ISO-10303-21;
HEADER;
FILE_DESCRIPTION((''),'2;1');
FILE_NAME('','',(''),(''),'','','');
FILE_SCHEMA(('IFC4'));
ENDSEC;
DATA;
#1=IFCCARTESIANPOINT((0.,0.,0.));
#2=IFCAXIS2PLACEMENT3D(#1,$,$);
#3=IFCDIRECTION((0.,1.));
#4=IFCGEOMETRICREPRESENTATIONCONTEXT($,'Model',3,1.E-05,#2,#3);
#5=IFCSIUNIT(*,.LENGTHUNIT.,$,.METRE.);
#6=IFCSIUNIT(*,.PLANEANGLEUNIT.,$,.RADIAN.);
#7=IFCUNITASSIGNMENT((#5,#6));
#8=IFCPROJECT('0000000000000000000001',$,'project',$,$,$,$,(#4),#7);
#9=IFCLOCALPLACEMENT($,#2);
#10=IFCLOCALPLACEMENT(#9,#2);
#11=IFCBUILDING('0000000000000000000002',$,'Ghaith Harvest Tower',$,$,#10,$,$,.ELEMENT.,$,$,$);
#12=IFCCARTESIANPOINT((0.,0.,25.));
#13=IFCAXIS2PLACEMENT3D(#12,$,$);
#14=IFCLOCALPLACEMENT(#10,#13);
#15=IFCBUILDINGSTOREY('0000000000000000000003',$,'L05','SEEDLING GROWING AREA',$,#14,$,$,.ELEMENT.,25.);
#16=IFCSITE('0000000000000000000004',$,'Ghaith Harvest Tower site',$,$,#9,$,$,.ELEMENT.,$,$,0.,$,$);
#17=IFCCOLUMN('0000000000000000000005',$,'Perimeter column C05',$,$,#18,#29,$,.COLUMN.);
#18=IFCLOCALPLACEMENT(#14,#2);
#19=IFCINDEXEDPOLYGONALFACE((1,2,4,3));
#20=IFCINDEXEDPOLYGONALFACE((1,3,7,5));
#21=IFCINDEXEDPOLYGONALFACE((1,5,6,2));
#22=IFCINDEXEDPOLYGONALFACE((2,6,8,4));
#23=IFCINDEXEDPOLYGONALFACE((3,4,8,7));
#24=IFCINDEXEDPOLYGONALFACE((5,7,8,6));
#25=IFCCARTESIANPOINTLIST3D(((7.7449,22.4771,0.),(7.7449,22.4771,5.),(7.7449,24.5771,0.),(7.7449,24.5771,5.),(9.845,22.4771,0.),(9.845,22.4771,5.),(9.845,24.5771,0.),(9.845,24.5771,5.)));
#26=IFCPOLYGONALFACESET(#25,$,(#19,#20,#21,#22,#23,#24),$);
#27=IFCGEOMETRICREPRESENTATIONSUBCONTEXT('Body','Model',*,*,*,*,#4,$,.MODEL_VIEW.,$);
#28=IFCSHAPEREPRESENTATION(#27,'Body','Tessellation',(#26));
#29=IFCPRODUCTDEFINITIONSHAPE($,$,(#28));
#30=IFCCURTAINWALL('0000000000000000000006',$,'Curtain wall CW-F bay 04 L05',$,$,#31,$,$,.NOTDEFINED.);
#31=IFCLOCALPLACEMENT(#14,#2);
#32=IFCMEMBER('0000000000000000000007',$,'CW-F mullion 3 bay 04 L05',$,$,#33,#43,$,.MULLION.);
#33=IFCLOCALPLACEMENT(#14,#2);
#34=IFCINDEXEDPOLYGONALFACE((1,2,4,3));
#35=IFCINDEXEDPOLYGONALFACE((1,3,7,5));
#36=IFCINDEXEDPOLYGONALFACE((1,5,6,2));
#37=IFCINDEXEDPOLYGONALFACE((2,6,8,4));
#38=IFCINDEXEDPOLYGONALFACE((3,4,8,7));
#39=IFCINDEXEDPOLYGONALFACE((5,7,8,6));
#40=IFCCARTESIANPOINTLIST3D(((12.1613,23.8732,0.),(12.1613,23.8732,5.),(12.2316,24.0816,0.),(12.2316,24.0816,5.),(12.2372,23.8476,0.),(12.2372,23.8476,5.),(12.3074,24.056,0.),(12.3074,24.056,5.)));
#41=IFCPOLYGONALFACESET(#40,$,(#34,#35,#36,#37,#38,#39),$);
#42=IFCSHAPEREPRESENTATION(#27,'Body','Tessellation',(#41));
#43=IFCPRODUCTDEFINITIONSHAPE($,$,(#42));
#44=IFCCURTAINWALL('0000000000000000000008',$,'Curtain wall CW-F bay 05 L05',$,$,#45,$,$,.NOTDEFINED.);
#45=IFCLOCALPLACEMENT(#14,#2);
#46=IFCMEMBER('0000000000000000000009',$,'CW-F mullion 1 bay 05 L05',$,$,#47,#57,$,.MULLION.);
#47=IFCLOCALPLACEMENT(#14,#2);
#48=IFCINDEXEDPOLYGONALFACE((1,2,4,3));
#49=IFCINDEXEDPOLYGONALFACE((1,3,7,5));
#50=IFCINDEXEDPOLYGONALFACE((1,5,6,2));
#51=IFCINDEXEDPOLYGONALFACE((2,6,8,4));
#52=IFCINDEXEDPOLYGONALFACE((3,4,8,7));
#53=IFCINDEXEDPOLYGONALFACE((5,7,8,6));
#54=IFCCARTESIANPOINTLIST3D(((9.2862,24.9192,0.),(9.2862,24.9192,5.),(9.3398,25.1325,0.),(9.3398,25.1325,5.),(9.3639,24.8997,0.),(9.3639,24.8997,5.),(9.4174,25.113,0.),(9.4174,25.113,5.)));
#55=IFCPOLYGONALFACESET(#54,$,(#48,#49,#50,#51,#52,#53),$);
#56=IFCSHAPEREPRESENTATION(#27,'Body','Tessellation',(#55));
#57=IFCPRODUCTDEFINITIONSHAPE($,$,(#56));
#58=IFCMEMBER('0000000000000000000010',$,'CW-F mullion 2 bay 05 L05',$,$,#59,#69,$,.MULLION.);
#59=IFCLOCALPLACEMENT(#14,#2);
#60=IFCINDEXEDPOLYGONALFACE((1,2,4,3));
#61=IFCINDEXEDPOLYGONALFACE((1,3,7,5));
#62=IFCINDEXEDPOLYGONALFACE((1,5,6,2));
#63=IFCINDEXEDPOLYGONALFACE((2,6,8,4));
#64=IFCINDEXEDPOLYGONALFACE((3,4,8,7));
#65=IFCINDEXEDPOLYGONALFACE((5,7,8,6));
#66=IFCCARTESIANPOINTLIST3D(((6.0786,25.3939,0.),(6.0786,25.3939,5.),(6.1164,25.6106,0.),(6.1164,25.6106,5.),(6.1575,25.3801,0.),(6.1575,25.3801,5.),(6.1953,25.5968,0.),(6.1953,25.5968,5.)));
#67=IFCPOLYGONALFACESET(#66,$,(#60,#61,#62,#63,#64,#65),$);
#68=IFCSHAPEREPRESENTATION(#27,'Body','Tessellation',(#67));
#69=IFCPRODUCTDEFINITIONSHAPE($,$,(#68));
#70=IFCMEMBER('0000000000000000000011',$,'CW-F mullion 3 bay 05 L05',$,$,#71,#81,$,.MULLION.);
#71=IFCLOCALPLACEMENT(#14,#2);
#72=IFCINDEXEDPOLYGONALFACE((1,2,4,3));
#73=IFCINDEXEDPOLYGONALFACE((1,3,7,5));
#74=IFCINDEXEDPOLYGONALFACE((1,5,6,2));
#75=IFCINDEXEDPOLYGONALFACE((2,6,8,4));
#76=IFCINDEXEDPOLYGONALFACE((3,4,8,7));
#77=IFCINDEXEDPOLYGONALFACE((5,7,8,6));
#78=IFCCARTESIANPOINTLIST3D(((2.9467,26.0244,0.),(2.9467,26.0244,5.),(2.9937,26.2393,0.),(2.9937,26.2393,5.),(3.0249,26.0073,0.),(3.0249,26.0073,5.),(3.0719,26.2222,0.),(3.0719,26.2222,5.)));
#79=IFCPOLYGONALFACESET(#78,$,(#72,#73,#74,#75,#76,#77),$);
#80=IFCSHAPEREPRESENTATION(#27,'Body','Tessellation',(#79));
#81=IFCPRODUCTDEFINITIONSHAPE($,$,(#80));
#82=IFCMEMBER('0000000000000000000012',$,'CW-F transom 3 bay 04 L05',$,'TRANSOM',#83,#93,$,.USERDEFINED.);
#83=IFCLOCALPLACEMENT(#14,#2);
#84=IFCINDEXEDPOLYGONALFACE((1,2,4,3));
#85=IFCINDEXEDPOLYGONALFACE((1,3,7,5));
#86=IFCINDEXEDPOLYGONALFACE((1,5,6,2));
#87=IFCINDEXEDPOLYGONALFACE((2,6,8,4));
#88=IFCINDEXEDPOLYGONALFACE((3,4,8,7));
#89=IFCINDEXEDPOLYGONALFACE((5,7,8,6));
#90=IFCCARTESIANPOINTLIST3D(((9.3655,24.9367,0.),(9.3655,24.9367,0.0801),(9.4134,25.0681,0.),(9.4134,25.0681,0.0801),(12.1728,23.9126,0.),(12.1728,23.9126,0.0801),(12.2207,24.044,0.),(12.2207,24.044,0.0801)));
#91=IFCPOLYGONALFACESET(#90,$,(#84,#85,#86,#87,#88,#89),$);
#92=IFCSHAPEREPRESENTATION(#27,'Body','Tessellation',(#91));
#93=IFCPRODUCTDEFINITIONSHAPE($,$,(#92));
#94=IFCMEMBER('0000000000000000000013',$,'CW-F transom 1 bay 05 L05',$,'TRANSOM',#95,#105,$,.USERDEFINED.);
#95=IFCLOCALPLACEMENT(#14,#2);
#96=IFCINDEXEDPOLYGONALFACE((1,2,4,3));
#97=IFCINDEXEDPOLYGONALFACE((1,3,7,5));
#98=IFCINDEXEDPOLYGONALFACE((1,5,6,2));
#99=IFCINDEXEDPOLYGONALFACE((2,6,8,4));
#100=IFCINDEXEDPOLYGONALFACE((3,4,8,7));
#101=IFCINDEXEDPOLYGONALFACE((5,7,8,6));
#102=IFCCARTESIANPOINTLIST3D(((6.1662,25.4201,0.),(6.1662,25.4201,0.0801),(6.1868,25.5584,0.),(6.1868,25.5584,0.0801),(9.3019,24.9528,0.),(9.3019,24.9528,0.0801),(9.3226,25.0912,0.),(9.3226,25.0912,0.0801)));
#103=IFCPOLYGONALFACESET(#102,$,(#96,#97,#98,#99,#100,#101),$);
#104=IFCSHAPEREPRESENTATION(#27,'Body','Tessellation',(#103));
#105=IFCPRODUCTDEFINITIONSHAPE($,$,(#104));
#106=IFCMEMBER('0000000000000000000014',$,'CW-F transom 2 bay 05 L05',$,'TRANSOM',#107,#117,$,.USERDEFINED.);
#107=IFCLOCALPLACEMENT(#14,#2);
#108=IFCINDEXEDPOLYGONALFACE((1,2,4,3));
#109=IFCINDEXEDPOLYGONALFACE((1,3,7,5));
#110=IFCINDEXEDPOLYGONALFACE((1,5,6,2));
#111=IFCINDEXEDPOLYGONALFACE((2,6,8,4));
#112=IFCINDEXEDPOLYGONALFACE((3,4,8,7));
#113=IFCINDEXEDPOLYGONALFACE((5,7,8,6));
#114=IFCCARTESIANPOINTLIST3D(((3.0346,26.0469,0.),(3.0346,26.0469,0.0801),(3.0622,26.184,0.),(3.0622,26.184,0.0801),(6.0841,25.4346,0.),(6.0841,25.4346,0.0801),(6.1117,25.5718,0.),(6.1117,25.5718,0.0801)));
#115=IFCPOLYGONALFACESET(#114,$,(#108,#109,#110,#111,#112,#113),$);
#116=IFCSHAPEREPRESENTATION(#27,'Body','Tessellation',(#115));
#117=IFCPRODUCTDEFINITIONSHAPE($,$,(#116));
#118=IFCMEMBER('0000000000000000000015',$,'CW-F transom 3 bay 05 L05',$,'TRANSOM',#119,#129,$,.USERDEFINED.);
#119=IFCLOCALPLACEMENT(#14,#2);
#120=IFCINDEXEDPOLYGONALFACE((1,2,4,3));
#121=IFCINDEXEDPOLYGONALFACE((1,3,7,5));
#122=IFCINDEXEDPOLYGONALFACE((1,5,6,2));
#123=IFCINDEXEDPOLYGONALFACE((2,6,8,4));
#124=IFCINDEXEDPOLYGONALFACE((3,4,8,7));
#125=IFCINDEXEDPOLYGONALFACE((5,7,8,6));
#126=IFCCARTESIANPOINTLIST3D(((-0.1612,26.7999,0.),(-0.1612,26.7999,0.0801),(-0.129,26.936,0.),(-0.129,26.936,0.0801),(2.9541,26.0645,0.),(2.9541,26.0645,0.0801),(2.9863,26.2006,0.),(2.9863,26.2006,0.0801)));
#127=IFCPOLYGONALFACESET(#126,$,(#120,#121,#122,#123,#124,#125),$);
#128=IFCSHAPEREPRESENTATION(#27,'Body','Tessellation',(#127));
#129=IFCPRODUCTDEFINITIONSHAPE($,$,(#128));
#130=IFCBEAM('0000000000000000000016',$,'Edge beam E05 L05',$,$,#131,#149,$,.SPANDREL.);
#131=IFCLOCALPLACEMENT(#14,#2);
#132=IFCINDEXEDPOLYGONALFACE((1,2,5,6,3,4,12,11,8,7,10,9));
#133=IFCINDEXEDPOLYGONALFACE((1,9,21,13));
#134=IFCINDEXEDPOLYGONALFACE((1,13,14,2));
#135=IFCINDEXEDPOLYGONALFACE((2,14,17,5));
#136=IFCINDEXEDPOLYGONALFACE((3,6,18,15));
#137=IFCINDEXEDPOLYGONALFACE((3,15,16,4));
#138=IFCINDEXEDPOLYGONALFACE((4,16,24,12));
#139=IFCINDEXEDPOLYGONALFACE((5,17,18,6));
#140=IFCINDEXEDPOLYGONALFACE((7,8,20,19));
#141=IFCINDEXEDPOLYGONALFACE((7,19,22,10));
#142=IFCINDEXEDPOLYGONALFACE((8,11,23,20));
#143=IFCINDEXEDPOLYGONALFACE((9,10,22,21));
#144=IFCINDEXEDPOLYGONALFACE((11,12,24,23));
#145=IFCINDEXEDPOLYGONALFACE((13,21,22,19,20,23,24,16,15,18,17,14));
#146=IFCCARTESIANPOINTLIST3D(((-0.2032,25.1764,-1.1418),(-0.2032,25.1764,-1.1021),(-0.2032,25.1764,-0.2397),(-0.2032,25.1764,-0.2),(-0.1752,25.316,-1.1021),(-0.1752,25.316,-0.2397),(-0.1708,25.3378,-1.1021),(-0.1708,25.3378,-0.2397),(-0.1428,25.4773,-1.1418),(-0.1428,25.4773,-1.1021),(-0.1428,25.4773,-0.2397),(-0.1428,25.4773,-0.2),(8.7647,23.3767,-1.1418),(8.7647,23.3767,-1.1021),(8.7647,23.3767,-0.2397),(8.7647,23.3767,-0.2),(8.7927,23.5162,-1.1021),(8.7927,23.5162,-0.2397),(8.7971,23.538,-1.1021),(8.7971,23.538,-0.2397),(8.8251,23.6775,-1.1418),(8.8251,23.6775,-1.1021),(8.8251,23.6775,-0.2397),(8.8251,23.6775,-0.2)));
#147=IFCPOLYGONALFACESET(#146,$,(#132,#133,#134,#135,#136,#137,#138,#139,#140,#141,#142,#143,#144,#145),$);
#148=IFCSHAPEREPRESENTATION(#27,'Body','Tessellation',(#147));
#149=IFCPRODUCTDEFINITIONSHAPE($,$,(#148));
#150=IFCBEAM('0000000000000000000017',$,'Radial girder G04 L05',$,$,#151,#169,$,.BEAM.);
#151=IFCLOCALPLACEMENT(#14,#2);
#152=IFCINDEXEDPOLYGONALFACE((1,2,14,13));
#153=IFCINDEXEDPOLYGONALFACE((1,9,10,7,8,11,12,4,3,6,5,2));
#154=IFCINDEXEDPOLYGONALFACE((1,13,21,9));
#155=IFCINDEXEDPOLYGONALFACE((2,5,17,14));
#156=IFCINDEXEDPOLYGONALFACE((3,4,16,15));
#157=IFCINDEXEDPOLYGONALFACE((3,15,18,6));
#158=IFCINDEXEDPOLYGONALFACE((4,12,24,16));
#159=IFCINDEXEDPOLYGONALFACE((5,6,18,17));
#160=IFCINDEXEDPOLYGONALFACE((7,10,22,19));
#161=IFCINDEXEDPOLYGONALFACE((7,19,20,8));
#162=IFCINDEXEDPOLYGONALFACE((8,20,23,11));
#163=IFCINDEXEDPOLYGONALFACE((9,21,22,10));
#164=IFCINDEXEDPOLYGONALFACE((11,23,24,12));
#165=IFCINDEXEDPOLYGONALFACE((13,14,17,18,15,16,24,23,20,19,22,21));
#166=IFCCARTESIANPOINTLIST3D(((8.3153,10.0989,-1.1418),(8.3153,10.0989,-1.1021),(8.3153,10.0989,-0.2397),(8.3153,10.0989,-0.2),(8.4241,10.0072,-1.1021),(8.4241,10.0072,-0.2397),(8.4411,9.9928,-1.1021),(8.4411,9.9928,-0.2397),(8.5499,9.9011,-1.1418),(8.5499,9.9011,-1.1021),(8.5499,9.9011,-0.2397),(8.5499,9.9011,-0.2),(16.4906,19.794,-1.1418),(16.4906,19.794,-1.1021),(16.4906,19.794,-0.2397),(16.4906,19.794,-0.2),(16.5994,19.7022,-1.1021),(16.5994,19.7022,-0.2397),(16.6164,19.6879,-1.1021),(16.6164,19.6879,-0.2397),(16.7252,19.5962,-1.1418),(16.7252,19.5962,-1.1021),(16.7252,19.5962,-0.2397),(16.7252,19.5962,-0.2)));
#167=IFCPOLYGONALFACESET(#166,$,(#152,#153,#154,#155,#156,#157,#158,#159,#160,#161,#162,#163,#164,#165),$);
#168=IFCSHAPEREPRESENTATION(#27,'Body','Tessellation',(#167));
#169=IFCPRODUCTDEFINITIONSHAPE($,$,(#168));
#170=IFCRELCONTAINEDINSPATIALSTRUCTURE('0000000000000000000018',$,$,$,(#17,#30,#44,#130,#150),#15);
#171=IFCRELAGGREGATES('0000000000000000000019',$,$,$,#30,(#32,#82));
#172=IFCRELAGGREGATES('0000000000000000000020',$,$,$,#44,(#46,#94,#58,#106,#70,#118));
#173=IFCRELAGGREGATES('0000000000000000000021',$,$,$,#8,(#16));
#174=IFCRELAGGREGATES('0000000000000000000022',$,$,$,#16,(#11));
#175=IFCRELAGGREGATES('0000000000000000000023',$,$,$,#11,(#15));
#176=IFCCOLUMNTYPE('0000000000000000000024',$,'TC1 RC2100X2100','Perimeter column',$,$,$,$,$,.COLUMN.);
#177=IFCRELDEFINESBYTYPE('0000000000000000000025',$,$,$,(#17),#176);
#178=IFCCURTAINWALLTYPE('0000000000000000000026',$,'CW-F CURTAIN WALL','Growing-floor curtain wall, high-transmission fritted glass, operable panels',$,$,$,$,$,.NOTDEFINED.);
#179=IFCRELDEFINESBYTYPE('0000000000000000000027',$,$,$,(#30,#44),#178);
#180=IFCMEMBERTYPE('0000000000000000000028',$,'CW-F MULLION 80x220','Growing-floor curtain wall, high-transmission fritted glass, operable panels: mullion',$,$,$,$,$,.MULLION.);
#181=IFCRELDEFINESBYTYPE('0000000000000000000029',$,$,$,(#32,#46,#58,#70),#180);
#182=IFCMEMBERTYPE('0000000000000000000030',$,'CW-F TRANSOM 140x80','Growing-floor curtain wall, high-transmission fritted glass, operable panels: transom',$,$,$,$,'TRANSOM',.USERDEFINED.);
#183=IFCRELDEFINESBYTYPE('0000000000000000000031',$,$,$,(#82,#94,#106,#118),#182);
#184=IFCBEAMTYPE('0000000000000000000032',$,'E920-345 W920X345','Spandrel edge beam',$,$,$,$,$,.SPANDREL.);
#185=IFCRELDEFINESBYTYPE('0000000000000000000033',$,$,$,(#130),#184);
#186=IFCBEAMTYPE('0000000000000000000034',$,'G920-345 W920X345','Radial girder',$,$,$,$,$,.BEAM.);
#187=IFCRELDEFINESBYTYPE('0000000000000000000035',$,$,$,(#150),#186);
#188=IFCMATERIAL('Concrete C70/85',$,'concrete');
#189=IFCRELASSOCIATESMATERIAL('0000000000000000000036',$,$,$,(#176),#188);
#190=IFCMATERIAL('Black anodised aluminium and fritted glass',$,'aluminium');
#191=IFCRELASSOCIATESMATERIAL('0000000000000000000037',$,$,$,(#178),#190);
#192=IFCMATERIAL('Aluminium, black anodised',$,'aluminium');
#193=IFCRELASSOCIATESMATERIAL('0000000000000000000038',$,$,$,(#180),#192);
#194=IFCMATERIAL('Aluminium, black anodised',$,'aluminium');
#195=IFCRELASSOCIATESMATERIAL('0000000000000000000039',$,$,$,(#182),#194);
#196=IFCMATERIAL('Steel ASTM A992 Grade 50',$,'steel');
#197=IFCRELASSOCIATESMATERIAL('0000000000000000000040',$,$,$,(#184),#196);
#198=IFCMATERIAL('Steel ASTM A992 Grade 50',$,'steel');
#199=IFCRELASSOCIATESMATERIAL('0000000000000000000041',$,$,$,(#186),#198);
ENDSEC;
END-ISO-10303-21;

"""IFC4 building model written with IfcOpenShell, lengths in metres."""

from ifc_helpers import new_model, si_unit, direction, frame, origin, origin_2d, place, context, subcontext, project, spatial, rectangle, i_section, extrude, material, material_profile, profile_set, type_object, element, aggregate, save


model = new_model("IFC4")

# Units and contexts
model_context = context("Model", 3, precision=1e-05, world=origin(), true_north=direction((0.0, 1.0)))
body_context = subcontext(model_context, "Body", "Model", "MODEL_VIEW")
ifc_project = project(units=[si_unit("LENGTHUNIT", "METRE"), si_unit("PLANEANGLEUNIT", "RADIAN")], contexts=[model_context])

# Site, building, storey
site_placement = place(None, origin())
site = spatial("IfcSite", under=ifc_project, at=site_placement, Name="Ghaith Harvest Tower site", CompositionType="ELEMENT", RefElevation=0.0)
building_placement = place(site_placement, origin())
building = spatial("IfcBuilding", under=site, at=building_placement, Name="Ghaith Harvest Tower", CompositionType="ELEMENT")
storey_placement = place(building_placement, frame((0.0, 0.0, 25.0)))
storey = spatial("IfcBuildingStorey", under=building, at=storey_placement, Name="L05", Description="SEEDLING GROWING AREA", CompositionType="ELEMENT", Elevation=25.0)

# Column
ifc_material_1 = material(Name="Concrete C70/85", Category="concrete")
ifc_material_profile_1 = material_profile(ifc_material_1, rectangle(XDim=2.1001, YDim=2.1001, at=origin_2d()), Name="RC2100X2100")
ifc_profile_set_1 = profile_set([ifc_material_profile_1], Name="Concrete C70/85")
column_type = type_object("IfcColumnType", Name="TC1 RC2100X2100", Description="Perimeter column", PredefinedType="COLUMN", material=ifc_profile_set_1)
column_placement = place(storey_placement, frame((8.7949, 23.5271, 0.0), z_axis=(0.0, 0.0, 1.0), x_axis=(1.0, 0.0, 0.0)))
element("IfcColumn", 1, at=column_placement, inside=storey, type_object=column_type, Name="Perimeter column C05", PredefinedType="COLUMN", context=body_context, shape_type="SweptSolid", body=[
    extrude(rectangle(XDim=2.1001, YDim=2.1001, at=origin_2d()), origin(), (0.0, 0.0, 1.0), 5.0),
])

# Curtain wall, member
ifc_material_2 = material(Name="Black anodised aluminium and fritted glass", Category="aluminium")
curtain_wall_type = type_object("IfcCurtainWallType", Name="CW-F CURTAIN WALL", Description="Growing-floor curtain wall, high-transmission fritted glass, operable panels", PredefinedType="NOTDEFINED", material=ifc_material_2)
curtain_wall_1_placement = place(storey_placement, origin())
curtain_wall_1 = element("IfcCurtainWall", 2, at=curtain_wall_1_placement, inside=storey, type_object=curtain_wall_type, Name="Curtain wall CW-F bay 04 L05", PredefinedType="NOTDEFINED")
ifc_material_3 = material(Name="Aluminium, black anodised", Category="aluminium")
ifc_material_profile_2 = material_profile(ifc_material_3, rectangle(XDim=0.0801, YDim=0.22, at=origin_2d()), Name="CW-F MULLION 80x220")
ifc_profile_set_2 = profile_set([ifc_material_profile_2], Name="Aluminium, black anodised")
member_type_1 = type_object("IfcMemberType", Name="CW-F MULLION 80x220", Description="Growing-floor curtain wall, high-transmission fritted glass, operable panels: mullion", PredefinedType="MULLION", material=ifc_profile_set_2)
member_1_placement = place(storey_placement, frame((12.2344, 23.9646, 0.0), z_axis=(0.0, 0.0, 1.0), x_axis=(-0.947653, 0.319301, 0.0)))
member_1 = element("IfcMember", 3, at=member_1_placement, type_object=member_type_1, Name="CW-F mullion 3 bay 04 L05", PredefinedType="MULLION", context=body_context, shape_type="SweptSolid", body=[
    extrude(rectangle(XDim=0.0801, YDim=0.22, at=origin_2d()), origin(), (0.0, 0.0, 1.0), 5.0),
])

# Curtain wall, members
curtain_wall_2_placement = place(storey_placement, origin())
curtain_wall_2 = element("IfcCurtainWall", 4, at=curtain_wall_2_placement, inside=storey, type_object=curtain_wall_type, Name="Curtain wall CW-F bay 05 L05", PredefinedType="NOTDEFINED")
member_2_placement = place(storey_placement, frame((9.3518, 25.0161, 0.0), z_axis=(0.0, 0.0, 1.0), x_axis=(-0.969903, 0.24349, 0.0)))
member_2 = element("IfcMember", 5, at=member_2_placement, type_object=member_type_1, Name="CW-F mullion 1 bay 05 L05", PredefinedType="MULLION", context=body_context, shape_type="SweptSolid", body=[
    extrude(rectangle(XDim=0.0801, YDim=0.22, at=origin_2d()), origin(), (0.0, 0.0, 1.0), 5.0),
])
member_3_placement = place(storey_placement, frame((6.137, 25.4954, 0.0), z_axis=(0.0, 0.0, 1.0), x_axis=(-0.985104, 0.171961, 0.0)))
member_3 = element("IfcMember", 6, at=member_3_placement, type_object=member_type_1, Name="CW-F mullion 2 bay 05 L05", PredefinedType="MULLION", context=body_context, shape_type="SweptSolid", body=[
    extrude(rectangle(XDim=0.0801, YDim=0.22, at=origin_2d()), origin(), (0.0, 0.0, 1.0), 5.0),
])
member_4_placement = place(storey_placement, frame((3.0093, 26.1233, 0.0), z_axis=(0.0, 0.0, 1.0), x_axis=(-0.976927, 0.213572, 0.0)))
member_4 = element("IfcMember", 7, at=member_4_placement, type_object=member_type_1, Name="CW-F mullion 3 bay 05 L05", PredefinedType="MULLION", context=body_context, shape_type="SweptSolid", body=[
    extrude(rectangle(XDim=0.0801, YDim=0.22, at=origin_2d()), origin(), (0.0, 0.0, 1.0), 5.0),
])

# Members
ifc_material_4 = material(Name="Aluminium, black anodised", Category="aluminium")
ifc_material_profile_3 = material_profile(ifc_material_4, rectangle(XDim=0.1399, YDim=0.0801, at=origin_2d()), Name="CW-F TRANSOM 140x80")
ifc_profile_set_3 = profile_set([ifc_material_profile_3], Name="Aluminium, black anodised")
member_type_2 = type_object("IfcMemberType", Name="CW-F TRANSOM 140x80", Description="Growing-floor curtain wall, high-transmission fritted glass, operable panels: transom", ElementType="TRANSOM", PredefinedType="USERDEFINED", material=ifc_profile_set_3)
member_5_placement = place(storey_placement, frame((12.1968, 23.9783, 0.04), z_axis=(-0.939438, 0.34272, 0.0), x_axis=(-0.34272, -0.939438, 0.0)))
member_5 = element("IfcMember", 8, at=member_5_placement, type_object=member_type_2, Name="CW-F transom 3 bay 04 L05", ObjectType="TRANSOM", PredefinedType="USERDEFINED", context=body_context, shape_type="SweptSolid", body=[
    extrude(rectangle(XDim=0.1399, YDim=0.0801, at=origin_2d()), origin(), (0.0, 0.0, 1.0), 2.9883),
])
member_6_placement = place(storey_placement, frame((9.3123, 25.022, 0.04), z_axis=(-0.989078, 0.147391, 0.0), x_axis=(-0.147391, -0.989078, 0.0)))
member_6 = element("IfcMember", 9, at=member_6_placement, type_object=member_type_2, Name="CW-F transom 1 bay 05 L05", ObjectType="TRANSOM", PredefinedType="USERDEFINED", context=body_context, shape_type="SweptSolid", body=[
    extrude(rectangle(XDim=0.1399, YDim=0.0801, at=origin_2d()), origin(), (0.0, 0.0, 1.0), 3.1704),
])
member_7_placement = place(storey_placement, frame((6.0979, 25.5032, 0.04), z_axis=(-0.980432, 0.196856, 0.0), x_axis=(-0.196856, -0.980432, 0.0)))
member_7 = element("IfcMember", 10, at=member_7_placement, type_object=member_type_2, Name="CW-F transom 2 bay 05 L05", ObjectType="TRANSOM", PredefinedType="USERDEFINED", context=body_context, shape_type="SweptSolid", body=[
    extrude(rectangle(XDim=0.1399, YDim=0.0801, at=origin_2d()), origin(), (0.0, 0.0, 1.0), 3.1104),
])
member_8_placement = place(storey_placement, frame((2.9702, 26.1326, 0.04), z_axis=(-0.973253, 0.229736, 0.0), x_axis=(-0.229736, -0.973253, 0.0)))
member_8 = element("IfcMember", 11, at=member_8_placement, type_object=member_type_2, Name="CW-F transom 3 bay 05 L05", ObjectType="TRANSOM", PredefinedType="USERDEFINED", context=body_context, shape_type="SweptSolid", body=[
    extrude(rectangle(XDim=0.1399, YDim=0.0801, at=origin_2d()), origin(), (0.0, 0.0, 1.0), 3.2009),
])

# Beams
ifc_material_5 = material(Name="Steel ASTM A992 Grade 50", Category="steel")
ifc_material_profile_4 = material_profile(ifc_material_5, i_section(OverallWidth=0.3069, OverallDepth=0.9419, WebThickness=0.0222, FlangeThickness=0.0398, at=origin_2d()), Name="W920X345")
ifc_profile_set_4 = profile_set([ifc_material_profile_4], Name="Steel ASTM A992 Grade 50")
beam_type_1 = type_object("IfcBeamType", Name="E920-345 W920X345", Description="Spandrel edge beam", PredefinedType="SPANDREL", material=ifc_profile_set_4)
beam_1_placement = place(storey_placement, frame((8.7949, 23.5271, -0.6709), z_axis=(-0.98045, 0.196768, 0.0), x_axis=(-0.196768, -0.98045, 0.0)))
element("IfcBeam", 12, at=beam_1_placement, inside=storey, type_object=beam_type_1, Name="Edge beam E05 L05", PredefinedType="SPANDREL", context=body_context, shape_type="SweptSolid", body=[
    extrude(i_section(OverallWidth=0.3069, OverallDepth=0.9419, WebThickness=0.0222, FlangeThickness=0.0398, at=origin_2d()), origin(), (0.0, 0.0, 1.0), 9.1467),
])
ifc_material_6 = material(Name="Steel ASTM A992 Grade 50", Category="steel")
ifc_material_profile_5 = material_profile(ifc_material_6, i_section(OverallWidth=0.3069, OverallDepth=0.9419, WebThickness=0.0222, FlangeThickness=0.0398, at=origin_2d()), Name="W920X345")
ifc_profile_set_5 = profile_set([ifc_material_profile_5], Name="Steel ASTM A992 Grade 50")
beam_type_2 = type_object("IfcBeamType", Name="G920-345 W920X345", Description="Radial girder", PredefinedType="BEAM", material=ifc_profile_set_5)
beam_2_placement = place(storey_placement, frame((8.4326, 10.0, -0.6709), z_axis=(0.644644, 0.764483, 0.0), x_axis=(-0.764483, 0.644644, 0.0)))
element("IfcBeam", 13, at=beam_2_placement, inside=storey, type_object=beam_type_2, Name="Radial girder G04 L05", PredefinedType="BEAM", context=body_context, shape_type="SweptSolid", body=[
    extrude(i_section(OverallWidth=0.3069, OverallDepth=0.9419, WebThickness=0.0222, FlangeThickness=0.0398, at=origin_2d()), origin(), (0.0, 0.0, 1.0), 12.6819),
])

aggregate(curtain_wall_1, [member_1, member_5])
aggregate(curtain_wall_2, [member_2, member_6, member_3, member_7, member_4, member_8])

save(model, "model.ifc")
